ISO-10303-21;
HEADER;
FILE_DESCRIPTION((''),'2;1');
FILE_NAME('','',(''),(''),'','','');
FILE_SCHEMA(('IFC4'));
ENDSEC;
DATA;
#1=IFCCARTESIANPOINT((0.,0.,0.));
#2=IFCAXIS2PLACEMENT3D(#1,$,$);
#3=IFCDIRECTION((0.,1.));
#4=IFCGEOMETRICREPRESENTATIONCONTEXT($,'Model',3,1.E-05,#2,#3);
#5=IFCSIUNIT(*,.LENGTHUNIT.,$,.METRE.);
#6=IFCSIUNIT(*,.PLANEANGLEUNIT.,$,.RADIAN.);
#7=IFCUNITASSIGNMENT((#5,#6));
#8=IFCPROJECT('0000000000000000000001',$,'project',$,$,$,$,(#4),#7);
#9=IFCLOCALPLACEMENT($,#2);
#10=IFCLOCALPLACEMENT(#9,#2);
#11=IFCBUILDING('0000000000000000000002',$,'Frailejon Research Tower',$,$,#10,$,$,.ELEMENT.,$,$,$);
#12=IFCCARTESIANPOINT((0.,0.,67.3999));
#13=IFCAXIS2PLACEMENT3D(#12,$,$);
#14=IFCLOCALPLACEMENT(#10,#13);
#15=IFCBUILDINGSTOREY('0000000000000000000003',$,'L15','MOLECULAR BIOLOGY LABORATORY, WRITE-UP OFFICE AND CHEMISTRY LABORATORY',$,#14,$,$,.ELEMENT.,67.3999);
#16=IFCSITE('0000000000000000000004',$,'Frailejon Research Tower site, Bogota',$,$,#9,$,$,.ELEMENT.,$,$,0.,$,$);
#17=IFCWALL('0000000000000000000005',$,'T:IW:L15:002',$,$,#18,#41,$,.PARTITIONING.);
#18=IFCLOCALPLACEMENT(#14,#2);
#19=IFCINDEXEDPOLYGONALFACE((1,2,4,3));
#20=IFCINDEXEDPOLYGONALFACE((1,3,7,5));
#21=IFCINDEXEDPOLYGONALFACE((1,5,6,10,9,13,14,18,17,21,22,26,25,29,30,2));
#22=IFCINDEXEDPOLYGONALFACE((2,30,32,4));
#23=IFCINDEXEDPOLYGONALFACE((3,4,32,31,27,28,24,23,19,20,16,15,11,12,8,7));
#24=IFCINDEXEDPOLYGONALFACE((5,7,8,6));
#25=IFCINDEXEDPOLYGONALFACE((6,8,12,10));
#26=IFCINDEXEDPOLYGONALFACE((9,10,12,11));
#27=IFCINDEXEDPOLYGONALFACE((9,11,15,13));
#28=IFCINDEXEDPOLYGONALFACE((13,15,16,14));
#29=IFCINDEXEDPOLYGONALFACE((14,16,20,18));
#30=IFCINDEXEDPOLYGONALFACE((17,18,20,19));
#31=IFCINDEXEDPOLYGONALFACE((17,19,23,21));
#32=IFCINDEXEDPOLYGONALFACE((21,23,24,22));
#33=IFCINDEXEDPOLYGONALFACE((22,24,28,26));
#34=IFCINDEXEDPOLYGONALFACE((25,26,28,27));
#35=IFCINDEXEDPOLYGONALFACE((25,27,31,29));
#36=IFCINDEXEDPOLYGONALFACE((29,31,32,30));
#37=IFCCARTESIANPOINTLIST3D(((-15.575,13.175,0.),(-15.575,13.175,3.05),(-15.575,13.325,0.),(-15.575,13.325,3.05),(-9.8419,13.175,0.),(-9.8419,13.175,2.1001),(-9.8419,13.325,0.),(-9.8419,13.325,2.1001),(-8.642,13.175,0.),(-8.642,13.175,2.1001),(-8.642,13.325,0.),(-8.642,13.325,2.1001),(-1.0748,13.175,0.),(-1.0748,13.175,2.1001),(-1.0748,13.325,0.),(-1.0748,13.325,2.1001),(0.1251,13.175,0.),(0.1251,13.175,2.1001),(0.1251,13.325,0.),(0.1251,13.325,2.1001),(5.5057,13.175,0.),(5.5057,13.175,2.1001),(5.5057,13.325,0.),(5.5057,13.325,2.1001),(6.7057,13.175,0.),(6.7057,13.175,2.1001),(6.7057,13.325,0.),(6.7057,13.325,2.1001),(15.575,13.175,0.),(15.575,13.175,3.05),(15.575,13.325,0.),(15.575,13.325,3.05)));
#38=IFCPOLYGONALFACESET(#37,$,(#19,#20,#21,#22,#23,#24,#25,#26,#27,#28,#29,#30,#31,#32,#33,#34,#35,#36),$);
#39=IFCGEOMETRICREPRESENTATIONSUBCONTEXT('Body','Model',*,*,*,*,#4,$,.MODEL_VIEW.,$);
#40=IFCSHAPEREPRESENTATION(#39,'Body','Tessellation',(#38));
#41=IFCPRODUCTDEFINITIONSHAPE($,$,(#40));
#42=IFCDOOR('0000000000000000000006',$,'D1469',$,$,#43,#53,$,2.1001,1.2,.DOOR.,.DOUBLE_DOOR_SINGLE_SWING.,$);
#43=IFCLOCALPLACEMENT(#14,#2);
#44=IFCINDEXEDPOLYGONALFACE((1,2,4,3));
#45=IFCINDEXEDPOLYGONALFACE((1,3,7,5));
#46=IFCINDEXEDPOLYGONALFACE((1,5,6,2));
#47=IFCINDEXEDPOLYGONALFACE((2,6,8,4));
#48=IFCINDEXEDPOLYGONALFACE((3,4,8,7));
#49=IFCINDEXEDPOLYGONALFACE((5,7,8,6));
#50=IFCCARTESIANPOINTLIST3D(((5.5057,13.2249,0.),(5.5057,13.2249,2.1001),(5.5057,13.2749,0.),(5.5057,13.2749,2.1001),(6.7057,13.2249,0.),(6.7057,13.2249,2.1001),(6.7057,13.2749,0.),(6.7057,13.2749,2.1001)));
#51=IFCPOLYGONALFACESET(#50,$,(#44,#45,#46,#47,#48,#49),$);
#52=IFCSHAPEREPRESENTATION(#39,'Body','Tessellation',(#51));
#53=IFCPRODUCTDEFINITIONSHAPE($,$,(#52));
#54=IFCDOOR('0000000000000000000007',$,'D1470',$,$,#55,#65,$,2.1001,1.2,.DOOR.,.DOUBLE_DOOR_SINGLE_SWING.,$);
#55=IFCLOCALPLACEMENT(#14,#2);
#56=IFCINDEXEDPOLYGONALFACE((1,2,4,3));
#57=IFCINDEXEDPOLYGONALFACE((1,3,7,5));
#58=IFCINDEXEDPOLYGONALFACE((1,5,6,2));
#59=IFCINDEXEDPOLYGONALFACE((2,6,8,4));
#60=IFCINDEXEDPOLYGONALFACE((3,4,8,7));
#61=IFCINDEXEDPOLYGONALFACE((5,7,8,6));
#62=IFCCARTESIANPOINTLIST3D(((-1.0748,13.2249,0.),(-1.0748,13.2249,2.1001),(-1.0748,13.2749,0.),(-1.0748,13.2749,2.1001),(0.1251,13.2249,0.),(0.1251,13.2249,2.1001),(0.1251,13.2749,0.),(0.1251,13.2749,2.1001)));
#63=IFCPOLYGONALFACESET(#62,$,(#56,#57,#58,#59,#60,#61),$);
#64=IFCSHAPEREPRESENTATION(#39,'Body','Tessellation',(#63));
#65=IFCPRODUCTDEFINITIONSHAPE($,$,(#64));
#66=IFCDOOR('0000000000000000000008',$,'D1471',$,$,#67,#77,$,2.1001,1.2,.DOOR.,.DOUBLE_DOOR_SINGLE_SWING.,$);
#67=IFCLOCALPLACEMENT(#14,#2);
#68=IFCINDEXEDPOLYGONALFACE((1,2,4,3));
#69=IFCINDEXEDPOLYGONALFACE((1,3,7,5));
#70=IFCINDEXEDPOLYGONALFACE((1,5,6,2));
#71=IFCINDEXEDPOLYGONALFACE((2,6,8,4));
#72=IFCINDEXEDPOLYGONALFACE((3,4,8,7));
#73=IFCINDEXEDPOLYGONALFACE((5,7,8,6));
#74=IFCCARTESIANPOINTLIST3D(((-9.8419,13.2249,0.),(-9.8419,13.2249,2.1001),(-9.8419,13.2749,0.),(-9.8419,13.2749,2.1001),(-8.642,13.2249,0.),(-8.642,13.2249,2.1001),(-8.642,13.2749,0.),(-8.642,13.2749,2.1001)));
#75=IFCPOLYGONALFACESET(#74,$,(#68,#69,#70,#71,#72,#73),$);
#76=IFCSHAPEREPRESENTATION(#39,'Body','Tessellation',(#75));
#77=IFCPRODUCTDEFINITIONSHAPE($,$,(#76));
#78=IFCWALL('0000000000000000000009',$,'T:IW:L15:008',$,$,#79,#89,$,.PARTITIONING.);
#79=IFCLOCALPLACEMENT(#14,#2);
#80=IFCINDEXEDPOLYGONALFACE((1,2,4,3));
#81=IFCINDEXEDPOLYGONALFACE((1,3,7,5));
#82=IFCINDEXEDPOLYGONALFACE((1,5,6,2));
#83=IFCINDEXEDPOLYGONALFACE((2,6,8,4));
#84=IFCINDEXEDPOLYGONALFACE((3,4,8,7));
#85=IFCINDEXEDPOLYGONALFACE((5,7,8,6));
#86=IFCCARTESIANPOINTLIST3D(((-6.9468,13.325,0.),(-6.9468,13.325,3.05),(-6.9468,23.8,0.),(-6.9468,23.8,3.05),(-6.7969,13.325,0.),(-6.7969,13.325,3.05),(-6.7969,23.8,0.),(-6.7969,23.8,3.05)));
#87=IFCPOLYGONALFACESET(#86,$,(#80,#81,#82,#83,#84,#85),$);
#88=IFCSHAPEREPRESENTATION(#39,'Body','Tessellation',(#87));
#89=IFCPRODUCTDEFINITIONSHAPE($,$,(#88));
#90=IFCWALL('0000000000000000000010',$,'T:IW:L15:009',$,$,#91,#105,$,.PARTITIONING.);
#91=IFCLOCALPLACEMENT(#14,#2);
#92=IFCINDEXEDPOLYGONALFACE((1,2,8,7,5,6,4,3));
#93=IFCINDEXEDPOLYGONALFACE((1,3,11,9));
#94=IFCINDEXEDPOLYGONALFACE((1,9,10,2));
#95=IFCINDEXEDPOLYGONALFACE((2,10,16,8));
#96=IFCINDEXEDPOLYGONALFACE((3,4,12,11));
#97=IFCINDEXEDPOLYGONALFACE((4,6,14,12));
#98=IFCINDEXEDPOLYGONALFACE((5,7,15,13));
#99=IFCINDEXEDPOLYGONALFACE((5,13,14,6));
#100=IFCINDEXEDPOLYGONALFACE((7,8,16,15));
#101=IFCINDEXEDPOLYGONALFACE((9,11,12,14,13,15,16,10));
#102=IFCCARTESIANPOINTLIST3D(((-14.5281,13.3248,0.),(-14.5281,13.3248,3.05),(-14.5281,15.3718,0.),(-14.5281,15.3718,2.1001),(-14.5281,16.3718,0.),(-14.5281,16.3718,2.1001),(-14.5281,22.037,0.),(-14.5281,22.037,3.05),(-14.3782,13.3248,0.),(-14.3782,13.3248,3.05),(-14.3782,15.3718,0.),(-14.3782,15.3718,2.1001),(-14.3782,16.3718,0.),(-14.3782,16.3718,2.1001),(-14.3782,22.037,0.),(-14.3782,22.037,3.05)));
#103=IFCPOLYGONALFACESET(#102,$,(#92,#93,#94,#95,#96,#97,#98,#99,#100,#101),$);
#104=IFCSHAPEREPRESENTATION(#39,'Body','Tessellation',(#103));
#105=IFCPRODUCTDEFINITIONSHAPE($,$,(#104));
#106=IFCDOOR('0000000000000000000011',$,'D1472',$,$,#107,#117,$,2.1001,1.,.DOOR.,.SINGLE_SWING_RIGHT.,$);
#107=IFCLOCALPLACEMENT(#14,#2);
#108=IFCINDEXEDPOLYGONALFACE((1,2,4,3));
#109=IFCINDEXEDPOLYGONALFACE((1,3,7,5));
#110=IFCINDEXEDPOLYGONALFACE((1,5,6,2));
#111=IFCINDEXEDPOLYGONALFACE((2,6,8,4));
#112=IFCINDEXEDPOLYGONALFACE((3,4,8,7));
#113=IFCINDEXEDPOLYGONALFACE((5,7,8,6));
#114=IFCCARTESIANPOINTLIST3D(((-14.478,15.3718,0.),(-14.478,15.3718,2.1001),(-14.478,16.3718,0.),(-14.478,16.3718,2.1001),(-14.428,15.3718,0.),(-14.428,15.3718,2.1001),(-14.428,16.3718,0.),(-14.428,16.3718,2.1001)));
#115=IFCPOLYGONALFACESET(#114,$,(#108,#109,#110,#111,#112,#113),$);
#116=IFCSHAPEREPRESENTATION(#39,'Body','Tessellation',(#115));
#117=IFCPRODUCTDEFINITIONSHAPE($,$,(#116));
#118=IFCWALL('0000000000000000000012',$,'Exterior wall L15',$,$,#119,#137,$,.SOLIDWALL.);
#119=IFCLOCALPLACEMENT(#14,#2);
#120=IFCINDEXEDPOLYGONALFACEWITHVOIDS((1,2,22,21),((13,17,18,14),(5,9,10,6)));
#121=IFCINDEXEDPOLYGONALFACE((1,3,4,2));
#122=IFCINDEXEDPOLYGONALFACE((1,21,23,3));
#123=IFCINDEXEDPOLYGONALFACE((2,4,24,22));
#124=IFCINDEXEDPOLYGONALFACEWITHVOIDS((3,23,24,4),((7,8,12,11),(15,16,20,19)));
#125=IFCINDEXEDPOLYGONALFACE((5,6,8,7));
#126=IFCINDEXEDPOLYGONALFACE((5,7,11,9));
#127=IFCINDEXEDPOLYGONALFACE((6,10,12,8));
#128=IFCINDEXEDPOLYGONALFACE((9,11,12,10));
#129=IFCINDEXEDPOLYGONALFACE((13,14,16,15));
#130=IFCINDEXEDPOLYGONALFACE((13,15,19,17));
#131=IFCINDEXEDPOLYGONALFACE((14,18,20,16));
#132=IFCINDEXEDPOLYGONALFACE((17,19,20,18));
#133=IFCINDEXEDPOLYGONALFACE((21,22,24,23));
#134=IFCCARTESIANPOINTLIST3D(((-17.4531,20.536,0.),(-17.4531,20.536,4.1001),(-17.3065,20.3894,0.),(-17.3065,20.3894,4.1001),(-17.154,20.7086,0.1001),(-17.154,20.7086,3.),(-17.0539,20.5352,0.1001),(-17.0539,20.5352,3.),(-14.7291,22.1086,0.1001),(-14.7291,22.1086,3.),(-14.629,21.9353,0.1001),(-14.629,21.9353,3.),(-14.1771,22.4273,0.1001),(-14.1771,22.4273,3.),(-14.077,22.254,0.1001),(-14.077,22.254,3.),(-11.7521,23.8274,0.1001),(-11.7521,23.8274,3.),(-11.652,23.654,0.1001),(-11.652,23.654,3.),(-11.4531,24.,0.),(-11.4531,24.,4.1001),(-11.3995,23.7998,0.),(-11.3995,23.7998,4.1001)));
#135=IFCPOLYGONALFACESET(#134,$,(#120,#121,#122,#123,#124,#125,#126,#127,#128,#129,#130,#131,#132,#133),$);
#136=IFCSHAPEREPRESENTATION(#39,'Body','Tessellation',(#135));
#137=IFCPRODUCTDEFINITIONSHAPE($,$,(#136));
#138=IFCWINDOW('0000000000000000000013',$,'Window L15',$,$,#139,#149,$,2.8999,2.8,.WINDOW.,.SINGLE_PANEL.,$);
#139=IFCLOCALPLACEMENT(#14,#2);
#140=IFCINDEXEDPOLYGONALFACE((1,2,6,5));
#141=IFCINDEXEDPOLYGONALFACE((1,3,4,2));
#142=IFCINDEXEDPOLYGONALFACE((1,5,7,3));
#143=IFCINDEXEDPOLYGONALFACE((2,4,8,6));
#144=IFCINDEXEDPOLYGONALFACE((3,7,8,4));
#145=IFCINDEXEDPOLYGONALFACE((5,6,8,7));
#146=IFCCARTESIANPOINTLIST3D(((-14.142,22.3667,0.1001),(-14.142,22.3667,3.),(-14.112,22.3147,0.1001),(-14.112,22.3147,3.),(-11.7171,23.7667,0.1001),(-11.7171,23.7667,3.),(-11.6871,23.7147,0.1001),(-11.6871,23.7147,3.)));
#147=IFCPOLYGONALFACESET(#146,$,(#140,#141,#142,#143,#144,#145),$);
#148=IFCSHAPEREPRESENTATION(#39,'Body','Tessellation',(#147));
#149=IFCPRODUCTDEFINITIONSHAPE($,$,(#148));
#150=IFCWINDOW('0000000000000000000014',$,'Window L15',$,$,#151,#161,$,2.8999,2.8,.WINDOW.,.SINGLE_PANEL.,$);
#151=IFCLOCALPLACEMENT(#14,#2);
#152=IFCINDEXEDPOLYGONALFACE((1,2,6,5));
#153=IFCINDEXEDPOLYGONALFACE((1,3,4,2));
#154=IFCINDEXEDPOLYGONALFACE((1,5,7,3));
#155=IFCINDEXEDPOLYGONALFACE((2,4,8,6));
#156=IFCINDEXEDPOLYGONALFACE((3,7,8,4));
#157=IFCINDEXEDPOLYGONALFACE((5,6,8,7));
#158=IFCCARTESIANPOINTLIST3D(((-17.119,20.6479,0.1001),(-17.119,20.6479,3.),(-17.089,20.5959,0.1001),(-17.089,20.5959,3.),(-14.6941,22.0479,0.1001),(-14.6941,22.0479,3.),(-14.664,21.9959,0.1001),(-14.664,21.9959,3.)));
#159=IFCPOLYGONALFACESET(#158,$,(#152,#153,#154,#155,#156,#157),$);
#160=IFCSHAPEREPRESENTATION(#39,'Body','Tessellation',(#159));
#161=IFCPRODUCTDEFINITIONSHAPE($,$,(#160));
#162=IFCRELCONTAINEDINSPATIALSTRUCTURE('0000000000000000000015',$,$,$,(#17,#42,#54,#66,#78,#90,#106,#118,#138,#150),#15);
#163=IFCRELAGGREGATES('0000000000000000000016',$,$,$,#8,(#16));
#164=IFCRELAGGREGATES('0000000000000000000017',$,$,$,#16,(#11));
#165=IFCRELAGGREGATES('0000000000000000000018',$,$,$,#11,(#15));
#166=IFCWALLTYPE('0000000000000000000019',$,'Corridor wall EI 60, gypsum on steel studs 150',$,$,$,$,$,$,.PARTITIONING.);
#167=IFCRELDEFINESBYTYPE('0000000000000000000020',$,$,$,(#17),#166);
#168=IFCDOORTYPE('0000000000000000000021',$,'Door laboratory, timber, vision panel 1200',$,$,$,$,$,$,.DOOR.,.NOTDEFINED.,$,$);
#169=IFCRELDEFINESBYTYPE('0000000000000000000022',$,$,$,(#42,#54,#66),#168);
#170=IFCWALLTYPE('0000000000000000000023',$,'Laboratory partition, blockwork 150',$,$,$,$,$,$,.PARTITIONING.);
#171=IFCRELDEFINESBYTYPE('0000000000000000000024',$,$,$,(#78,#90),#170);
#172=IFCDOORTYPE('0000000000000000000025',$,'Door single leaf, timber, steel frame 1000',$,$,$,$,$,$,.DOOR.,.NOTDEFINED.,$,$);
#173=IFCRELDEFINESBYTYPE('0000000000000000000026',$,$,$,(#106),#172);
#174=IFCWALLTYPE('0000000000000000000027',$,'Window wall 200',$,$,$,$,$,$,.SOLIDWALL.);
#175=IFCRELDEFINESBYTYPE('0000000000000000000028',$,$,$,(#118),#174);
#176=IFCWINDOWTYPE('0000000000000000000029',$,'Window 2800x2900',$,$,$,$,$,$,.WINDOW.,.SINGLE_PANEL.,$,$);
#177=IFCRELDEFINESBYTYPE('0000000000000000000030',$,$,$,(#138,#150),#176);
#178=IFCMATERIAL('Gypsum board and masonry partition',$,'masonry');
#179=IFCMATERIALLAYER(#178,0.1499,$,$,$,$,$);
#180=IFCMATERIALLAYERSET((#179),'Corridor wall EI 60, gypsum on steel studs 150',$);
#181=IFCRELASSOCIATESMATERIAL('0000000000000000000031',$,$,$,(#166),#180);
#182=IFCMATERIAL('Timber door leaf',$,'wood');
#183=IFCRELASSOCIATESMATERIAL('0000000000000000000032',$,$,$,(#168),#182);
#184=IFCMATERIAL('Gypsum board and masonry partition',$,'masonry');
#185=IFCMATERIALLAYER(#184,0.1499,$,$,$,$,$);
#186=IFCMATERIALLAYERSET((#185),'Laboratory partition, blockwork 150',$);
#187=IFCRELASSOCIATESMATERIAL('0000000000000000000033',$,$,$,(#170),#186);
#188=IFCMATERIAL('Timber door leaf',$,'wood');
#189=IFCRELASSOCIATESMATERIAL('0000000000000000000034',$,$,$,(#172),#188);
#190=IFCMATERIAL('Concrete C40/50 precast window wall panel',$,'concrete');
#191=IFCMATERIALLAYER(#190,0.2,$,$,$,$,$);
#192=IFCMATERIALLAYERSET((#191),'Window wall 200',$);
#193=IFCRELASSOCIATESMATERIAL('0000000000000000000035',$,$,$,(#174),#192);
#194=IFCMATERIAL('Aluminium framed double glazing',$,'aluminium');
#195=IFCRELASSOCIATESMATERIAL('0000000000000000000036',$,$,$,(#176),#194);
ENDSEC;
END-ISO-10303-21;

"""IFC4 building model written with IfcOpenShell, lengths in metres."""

from ifc_helpers import new_model, si_unit, direction, frame, frame_2d, origin, place, context, subcontext, project, spatial, polyline, rectangle, outline, extrude, material, layer, layer_set, type_object, element, fill, save


model = new_model("IFC4")

# Units and contexts
model_context = context("Model", 3, precision=1e-05, world=origin(), true_north=direction((0.0, 1.0)))
body_context = subcontext(model_context, "Body", "Model", "MODEL_VIEW")
ifc_project = project(units=[si_unit("LENGTHUNIT", "METRE"), si_unit("PLANEANGLEUNIT", "RADIAN")], contexts=[model_context])

# Site, building, storey
site_placement = place(None, origin())
site = spatial("IfcSite", under=ifc_project, at=site_placement, Name="Frailejon Research Tower site, Bogota", CompositionType="ELEMENT", RefElevation=0.0)
building_placement = place(site_placement, origin())
building = spatial("IfcBuilding", under=site, at=building_placement, Name="Frailejon Research Tower", CompositionType="ELEMENT")
storey_placement = place(building_placement, frame((0.0, 0.0, 67.3999)))
storey = spatial("IfcBuildingStorey", under=building, at=storey_placement, Name="L15", Description="MOLECULAR BIOLOGY LABORATORY, WRITE-UP OFFICE AND CHEMISTRY LABORATORY", CompositionType="ELEMENT", Elevation=67.3999)

# Wall, openings, doors
ifc_material_1 = material(Name="Gypsum board and masonry partition", Category="masonry")
ifc_layer_1 = layer(ifc_material_1, 0.1499)
ifc_layer_set_1 = layer_set([ifc_layer_1], Name="Corridor wall EI 60, gypsum on steel studs 150")
wall_type_1 = type_object("IfcWallType", Name="Corridor wall EI 60, gypsum on steel studs 150", PredefinedType="PARTITIONING", material=ifc_layer_set_1)
wall_1_placement = place(storey_placement, frame((-15.575, 13.25, 0.0), z_axis=(0.0, 0.0, 1.0), x_axis=(1.0, 0.0, 0.0)))
wall_1 = element("IfcWall", 1, at=wall_1_placement, inside=storey, type_object=wall_type_1, Name="T:IW:L15:002", PredefinedType="PARTITIONING", context=body_context, shape_type="SweptSolid", body=[
    extrude(rectangle(XDim=31.1499, YDim=0.1499, at=frame_2d((15.575, 0.0))), origin(), (0.0, 0.0, 1.0), 3.05),
])
opening_1_placement = place(wall_1_placement, frame((21.0806, 0.0, 0.0)))
opening_1 = element("IfcOpeningElement", 2, at=opening_1_placement, cuts=wall_1, PredefinedType="OPENING", context=body_context, shape_type="SweptSolid", body=[
    extrude(rectangle(XDim=1.2, YDim=2.1001, at=frame_2d((0.6001, 1.05))), frame((0.0, 0.085, 0.0), z_axis=(0.0, -1.0, 0.0), x_axis=(1.0, 0.0, 0.0)), (0.0, 0.0, 1.0), 0.1699),
])
opening_2_placement = place(wall_1_placement, frame((14.5, 0.0, 0.0)))
opening_2 = element("IfcOpeningElement", 3, at=opening_2_placement, cuts=wall_1, PredefinedType="OPENING", context=body_context, shape_type="SweptSolid", body=[
    extrude(rectangle(XDim=1.2, YDim=2.1001, at=frame_2d((0.6001, 1.05))), frame((0.0, 0.085, 0.0), z_axis=(0.0, -1.0, 0.0), x_axis=(1.0, 0.0, 0.0)), (0.0, 0.0, 1.0), 0.1699),
])
opening_3_placement = place(wall_1_placement, frame((5.7329, 0.0, 0.0)))
opening_3 = element("IfcOpeningElement", 4, at=opening_3_placement, cuts=wall_1, PredefinedType="OPENING", context=body_context, shape_type="SweptSolid", body=[
    extrude(rectangle(XDim=1.2, YDim=2.1001, at=frame_2d((0.6001, 1.05))), frame((0.0, 0.085, 0.0), z_axis=(0.0, -1.0, 0.0), x_axis=(1.0, 0.0, 0.0)), (0.0, 0.0, 1.0), 0.1699),
])
ifc_material_2 = material(Name="Timber door leaf", Category="wood")
door_type_1 = type_object("IfcDoorType", Name="Door laboratory, timber, vision panel 1200", OperationType="NOTDEFINED", PredefinedType="DOOR", material=ifc_material_2)
door_1_placement = place(opening_1_placement, origin())
door_1 = element("IfcDoor", 5, at=door_1_placement, inside=storey, type_object=door_type_1, Name="D1469", OperationType="DOUBLE_DOOR_SINGLE_SWING", OverallHeight=2.1001, OverallWidth=1.2, PredefinedType="DOOR", context=body_context, shape_type="SweptSolid", body=[
    extrude(rectangle(XDim=1.2, YDim=2.1001, at=frame_2d((0.6001, 1.05))), frame((0.0, 0.0249, 0.0), z_axis=(0.0, -1.0, 0.0), x_axis=(1.0, 0.0, 0.0)), (0.0, 0.0, 1.0), 0.05),
])
fill(opening_1, door_1)
door_2_placement = place(opening_2_placement, origin())
door_2 = element("IfcDoor", 6, at=door_2_placement, inside=storey, type_object=door_type_1, Name="D1470", OperationType="DOUBLE_DOOR_SINGLE_SWING", OverallHeight=2.1001, OverallWidth=1.2, PredefinedType="DOOR", context=body_context, shape_type="SweptSolid", body=[
    extrude(rectangle(XDim=1.2, YDim=2.1001, at=frame_2d((0.6001, 1.05))), frame((0.0, 0.0249, 0.0), z_axis=(0.0, -1.0, 0.0), x_axis=(1.0, 0.0, 0.0)), (0.0, 0.0, 1.0), 0.05),
])
fill(opening_2, door_2)
door_3_placement = place(opening_3_placement, origin())
door_3 = element("IfcDoor", 7, at=door_3_placement, inside=storey, type_object=door_type_1, Name="D1471", OperationType="DOUBLE_DOOR_SINGLE_SWING", OverallHeight=2.1001, OverallWidth=1.2, PredefinedType="DOOR", context=body_context, shape_type="SweptSolid", body=[
    extrude(rectangle(XDim=1.2, YDim=2.1001, at=frame_2d((0.6001, 1.05))), frame((0.0, 0.0249, 0.0), z_axis=(0.0, -1.0, 0.0), x_axis=(1.0, 0.0, 0.0)), (0.0, 0.0, 1.0), 0.05),
])
fill(opening_3, door_3)

# Wall
ifc_material_3 = material(Name="Gypsum board and masonry partition", Category="masonry")
ifc_layer_2 = layer(ifc_material_3, 0.1499)
ifc_layer_set_2 = layer_set([ifc_layer_2], Name="Laboratory partition, blockwork 150")
wall_type_2 = type_object("IfcWallType", Name="Laboratory partition, blockwork 150", PredefinedType="PARTITIONING", material=ifc_layer_set_2)
wall_2_placement = place(storey_placement, frame((-6.8718, 13.325, 0.0), z_axis=(0.0, 0.0, 1.0), x_axis=(0.0, 1.0, 0.0)))
element("IfcWall", 8, at=wall_2_placement, inside=storey, type_object=wall_type_2, Name="T:IW:L15:008", PredefinedType="PARTITIONING", context=body_context, shape_type="SweptSolid", body=[
    extrude(rectangle(XDim=10.4751, YDim=0.1499, at=frame_2d((5.2375, 0.0))), origin(), (0.0, 0.0, 1.0), 3.05),
])

# Wall, opening, door
wall_3_placement = place(storey_placement, frame((-14.4531, 13.325, 0.0), z_axis=(0.0, 0.0, 1.0), x_axis=(0.0, 1.0, 0.0)))
wall_3 = element("IfcWall", 9, at=wall_3_placement, inside=storey, type_object=wall_type_2, Name="T:IW:L15:009", PredefinedType="PARTITIONING", context=body_context, shape_type="SweptSolid", body=[
    extrude(rectangle(XDim=8.7122, YDim=0.1499, at=frame_2d((4.356, 0.0))), origin(), (0.0, 0.0, 1.0), 3.05),
])
opening_4_placement = place(wall_3_placement, frame((2.0469, 0.0, 0.0)))
opening_4 = element("IfcOpeningElement", 10, at=opening_4_placement, cuts=wall_3, PredefinedType="OPENING", context=body_context, shape_type="SweptSolid", body=[
    extrude(rectangle(XDim=1.0, YDim=2.1001, at=frame_2d((0.5, 1.05))), frame((0.0, 0.085, 0.0), z_axis=(0.0, -1.0, 0.0), x_axis=(1.0, 0.0, 0.0)), (0.0, 0.0, 1.0), 0.1699),
])
ifc_material_4 = material(Name="Timber door leaf", Category="wood")
door_type_2 = type_object("IfcDoorType", Name="Door single leaf, timber, steel frame 1000", OperationType="NOTDEFINED", PredefinedType="DOOR", material=ifc_material_4)
door_4_placement = place(opening_4_placement, origin())
door_4 = element("IfcDoor", 11, at=door_4_placement, inside=storey, type_object=door_type_2, Name="D1472", OperationType="SINGLE_SWING_RIGHT", OverallHeight=2.1001, OverallWidth=1.0, PredefinedType="DOOR", context=body_context, shape_type="SweptSolid", body=[
    extrude(rectangle(XDim=1.0, YDim=2.1001, at=frame_2d((0.5, 1.05))), frame((0.0, 0.0249, 0.0), z_axis=(0.0, -1.0, 0.0), x_axis=(1.0, 0.0, 0.0)), (0.0, 0.0, 1.0), 0.05),
])
fill(opening_4, door_4)

# Wall, openings, windows
ifc_material_5 = material(Name="Concrete C40/50 precast window wall panel", Category="concrete")
ifc_layer_3 = layer(ifc_material_5, 0.2)
ifc_layer_set_3 = layer_set([ifc_layer_3], Name="Window wall 200")
wall_type_3 = type_object("IfcWallType", Name="Window wall 200", PredefinedType="SOLIDWALL", material=ifc_layer_set_3)
wall_4_placement = place(storey_placement, frame((-11.4263, 23.8999, 0.0), z_axis=(0.0, 0.0, 1.0), x_axis=(-0.866029, -0.499993, 0.0)))
wall_4 = element("IfcWall", 12, at=wall_4_placement, inside=storey, type_object=wall_type_3, Name="Exterior wall L15", PredefinedType="SOLIDWALL", context=body_context, shape_type="SweptSolid", body=[
    extrude(outline(polyline([(-0.0269, -0.1001), (1.1279, -0.1001), (2.2825, -0.1001), (3.4373, -0.1001), (4.592, -0.1001), (5.7466, -0.1001), (6.9014, -0.1001), (6.8477, 0.1001), (5.7109, 0.1001), (4.574, 0.1001), (3.4373, 0.1001), (2.3005, 0.1001), (1.1636, 0.1001), (0.0269, 0.1001), (-0.0269, -0.1001)])), origin(), (0.0, 0.0, 1.0), 4.1001),
])
opening_5_placement = place(wall_4_placement, frame((0.3186, 0.0, 0.1001)))
opening_5 = element("IfcOpeningElement", 13, at=opening_5_placement, cuts=wall_4, PredefinedType="OPENING", context=body_context, shape_type="SweptSolid", body=[
    extrude(rectangle(XDim=2.8, YDim=2.8999, at=frame_2d((1.3999, 1.45))), frame((0.0, 0.1099, 0.0), z_axis=(0.0, -1.0, 0.0), x_axis=(1.0, 0.0, 0.0)), (0.0, 0.0, 1.0), 0.22),
])
opening_6_placement = place(wall_4_placement, frame((3.7561, 0.0, 0.1001)))
opening_6 = element("IfcOpeningElement", 14, at=opening_6_placement, cuts=wall_4, PredefinedType="OPENING", context=body_context, shape_type="SweptSolid", body=[
    extrude(rectangle(XDim=2.8, YDim=2.8999, at=frame_2d((1.3999, 1.45))), frame((0.0, 0.1099, 0.0), z_axis=(0.0, -1.0, 0.0), x_axis=(1.0, 0.0, 0.0)), (0.0, 0.0, 1.0), 0.22),
])
ifc_material_6 = material(Name="Aluminium framed double glazing", Category="aluminium")
window_type = type_object("IfcWindowType", Name="Window 2800x2900", PartitioningType="SINGLE_PANEL", PredefinedType="WINDOW", material=ifc_material_6)
window_1_placement = place(opening_5_placement, origin())
window_1 = element("IfcWindow", 15, at=window_1_placement, inside=storey, type_object=window_type, Name="Window L15", OverallHeight=2.8999, OverallWidth=2.8, PartitioningType="SINGLE_PANEL", PredefinedType="WINDOW", context=body_context, shape_type="SweptSolid", body=[
    extrude(rectangle(XDim=2.8, YDim=2.8999, at=frame_2d((1.3999, 1.45))), frame((0.0, 0.03, 0.0), z_axis=(0.0, -1.0, 0.0), x_axis=(1.0, 0.0, 0.0)), (0.0, 0.0, 1.0), 0.0601),
])
fill(opening_5, window_1)
window_2_placement = place(opening_6_placement, origin())
window_2 = element("IfcWindow", 16, at=window_2_placement, inside=storey, type_object=window_type, Name="Window L15", OverallHeight=2.8999, OverallWidth=2.8, PartitioningType="SINGLE_PANEL", PredefinedType="WINDOW", context=body_context, shape_type="SweptSolid", body=[
    extrude(rectangle(XDim=2.8, YDim=2.8999, at=frame_2d((1.3999, 1.45))), frame((0.0, 0.03, 0.0), z_axis=(0.0, -1.0, 0.0), x_axis=(1.0, 0.0, 0.0)), (0.0, 0.0, 1.0), 0.0601),
])
fill(opening_6, window_2)

save(model, "model.ifc")
